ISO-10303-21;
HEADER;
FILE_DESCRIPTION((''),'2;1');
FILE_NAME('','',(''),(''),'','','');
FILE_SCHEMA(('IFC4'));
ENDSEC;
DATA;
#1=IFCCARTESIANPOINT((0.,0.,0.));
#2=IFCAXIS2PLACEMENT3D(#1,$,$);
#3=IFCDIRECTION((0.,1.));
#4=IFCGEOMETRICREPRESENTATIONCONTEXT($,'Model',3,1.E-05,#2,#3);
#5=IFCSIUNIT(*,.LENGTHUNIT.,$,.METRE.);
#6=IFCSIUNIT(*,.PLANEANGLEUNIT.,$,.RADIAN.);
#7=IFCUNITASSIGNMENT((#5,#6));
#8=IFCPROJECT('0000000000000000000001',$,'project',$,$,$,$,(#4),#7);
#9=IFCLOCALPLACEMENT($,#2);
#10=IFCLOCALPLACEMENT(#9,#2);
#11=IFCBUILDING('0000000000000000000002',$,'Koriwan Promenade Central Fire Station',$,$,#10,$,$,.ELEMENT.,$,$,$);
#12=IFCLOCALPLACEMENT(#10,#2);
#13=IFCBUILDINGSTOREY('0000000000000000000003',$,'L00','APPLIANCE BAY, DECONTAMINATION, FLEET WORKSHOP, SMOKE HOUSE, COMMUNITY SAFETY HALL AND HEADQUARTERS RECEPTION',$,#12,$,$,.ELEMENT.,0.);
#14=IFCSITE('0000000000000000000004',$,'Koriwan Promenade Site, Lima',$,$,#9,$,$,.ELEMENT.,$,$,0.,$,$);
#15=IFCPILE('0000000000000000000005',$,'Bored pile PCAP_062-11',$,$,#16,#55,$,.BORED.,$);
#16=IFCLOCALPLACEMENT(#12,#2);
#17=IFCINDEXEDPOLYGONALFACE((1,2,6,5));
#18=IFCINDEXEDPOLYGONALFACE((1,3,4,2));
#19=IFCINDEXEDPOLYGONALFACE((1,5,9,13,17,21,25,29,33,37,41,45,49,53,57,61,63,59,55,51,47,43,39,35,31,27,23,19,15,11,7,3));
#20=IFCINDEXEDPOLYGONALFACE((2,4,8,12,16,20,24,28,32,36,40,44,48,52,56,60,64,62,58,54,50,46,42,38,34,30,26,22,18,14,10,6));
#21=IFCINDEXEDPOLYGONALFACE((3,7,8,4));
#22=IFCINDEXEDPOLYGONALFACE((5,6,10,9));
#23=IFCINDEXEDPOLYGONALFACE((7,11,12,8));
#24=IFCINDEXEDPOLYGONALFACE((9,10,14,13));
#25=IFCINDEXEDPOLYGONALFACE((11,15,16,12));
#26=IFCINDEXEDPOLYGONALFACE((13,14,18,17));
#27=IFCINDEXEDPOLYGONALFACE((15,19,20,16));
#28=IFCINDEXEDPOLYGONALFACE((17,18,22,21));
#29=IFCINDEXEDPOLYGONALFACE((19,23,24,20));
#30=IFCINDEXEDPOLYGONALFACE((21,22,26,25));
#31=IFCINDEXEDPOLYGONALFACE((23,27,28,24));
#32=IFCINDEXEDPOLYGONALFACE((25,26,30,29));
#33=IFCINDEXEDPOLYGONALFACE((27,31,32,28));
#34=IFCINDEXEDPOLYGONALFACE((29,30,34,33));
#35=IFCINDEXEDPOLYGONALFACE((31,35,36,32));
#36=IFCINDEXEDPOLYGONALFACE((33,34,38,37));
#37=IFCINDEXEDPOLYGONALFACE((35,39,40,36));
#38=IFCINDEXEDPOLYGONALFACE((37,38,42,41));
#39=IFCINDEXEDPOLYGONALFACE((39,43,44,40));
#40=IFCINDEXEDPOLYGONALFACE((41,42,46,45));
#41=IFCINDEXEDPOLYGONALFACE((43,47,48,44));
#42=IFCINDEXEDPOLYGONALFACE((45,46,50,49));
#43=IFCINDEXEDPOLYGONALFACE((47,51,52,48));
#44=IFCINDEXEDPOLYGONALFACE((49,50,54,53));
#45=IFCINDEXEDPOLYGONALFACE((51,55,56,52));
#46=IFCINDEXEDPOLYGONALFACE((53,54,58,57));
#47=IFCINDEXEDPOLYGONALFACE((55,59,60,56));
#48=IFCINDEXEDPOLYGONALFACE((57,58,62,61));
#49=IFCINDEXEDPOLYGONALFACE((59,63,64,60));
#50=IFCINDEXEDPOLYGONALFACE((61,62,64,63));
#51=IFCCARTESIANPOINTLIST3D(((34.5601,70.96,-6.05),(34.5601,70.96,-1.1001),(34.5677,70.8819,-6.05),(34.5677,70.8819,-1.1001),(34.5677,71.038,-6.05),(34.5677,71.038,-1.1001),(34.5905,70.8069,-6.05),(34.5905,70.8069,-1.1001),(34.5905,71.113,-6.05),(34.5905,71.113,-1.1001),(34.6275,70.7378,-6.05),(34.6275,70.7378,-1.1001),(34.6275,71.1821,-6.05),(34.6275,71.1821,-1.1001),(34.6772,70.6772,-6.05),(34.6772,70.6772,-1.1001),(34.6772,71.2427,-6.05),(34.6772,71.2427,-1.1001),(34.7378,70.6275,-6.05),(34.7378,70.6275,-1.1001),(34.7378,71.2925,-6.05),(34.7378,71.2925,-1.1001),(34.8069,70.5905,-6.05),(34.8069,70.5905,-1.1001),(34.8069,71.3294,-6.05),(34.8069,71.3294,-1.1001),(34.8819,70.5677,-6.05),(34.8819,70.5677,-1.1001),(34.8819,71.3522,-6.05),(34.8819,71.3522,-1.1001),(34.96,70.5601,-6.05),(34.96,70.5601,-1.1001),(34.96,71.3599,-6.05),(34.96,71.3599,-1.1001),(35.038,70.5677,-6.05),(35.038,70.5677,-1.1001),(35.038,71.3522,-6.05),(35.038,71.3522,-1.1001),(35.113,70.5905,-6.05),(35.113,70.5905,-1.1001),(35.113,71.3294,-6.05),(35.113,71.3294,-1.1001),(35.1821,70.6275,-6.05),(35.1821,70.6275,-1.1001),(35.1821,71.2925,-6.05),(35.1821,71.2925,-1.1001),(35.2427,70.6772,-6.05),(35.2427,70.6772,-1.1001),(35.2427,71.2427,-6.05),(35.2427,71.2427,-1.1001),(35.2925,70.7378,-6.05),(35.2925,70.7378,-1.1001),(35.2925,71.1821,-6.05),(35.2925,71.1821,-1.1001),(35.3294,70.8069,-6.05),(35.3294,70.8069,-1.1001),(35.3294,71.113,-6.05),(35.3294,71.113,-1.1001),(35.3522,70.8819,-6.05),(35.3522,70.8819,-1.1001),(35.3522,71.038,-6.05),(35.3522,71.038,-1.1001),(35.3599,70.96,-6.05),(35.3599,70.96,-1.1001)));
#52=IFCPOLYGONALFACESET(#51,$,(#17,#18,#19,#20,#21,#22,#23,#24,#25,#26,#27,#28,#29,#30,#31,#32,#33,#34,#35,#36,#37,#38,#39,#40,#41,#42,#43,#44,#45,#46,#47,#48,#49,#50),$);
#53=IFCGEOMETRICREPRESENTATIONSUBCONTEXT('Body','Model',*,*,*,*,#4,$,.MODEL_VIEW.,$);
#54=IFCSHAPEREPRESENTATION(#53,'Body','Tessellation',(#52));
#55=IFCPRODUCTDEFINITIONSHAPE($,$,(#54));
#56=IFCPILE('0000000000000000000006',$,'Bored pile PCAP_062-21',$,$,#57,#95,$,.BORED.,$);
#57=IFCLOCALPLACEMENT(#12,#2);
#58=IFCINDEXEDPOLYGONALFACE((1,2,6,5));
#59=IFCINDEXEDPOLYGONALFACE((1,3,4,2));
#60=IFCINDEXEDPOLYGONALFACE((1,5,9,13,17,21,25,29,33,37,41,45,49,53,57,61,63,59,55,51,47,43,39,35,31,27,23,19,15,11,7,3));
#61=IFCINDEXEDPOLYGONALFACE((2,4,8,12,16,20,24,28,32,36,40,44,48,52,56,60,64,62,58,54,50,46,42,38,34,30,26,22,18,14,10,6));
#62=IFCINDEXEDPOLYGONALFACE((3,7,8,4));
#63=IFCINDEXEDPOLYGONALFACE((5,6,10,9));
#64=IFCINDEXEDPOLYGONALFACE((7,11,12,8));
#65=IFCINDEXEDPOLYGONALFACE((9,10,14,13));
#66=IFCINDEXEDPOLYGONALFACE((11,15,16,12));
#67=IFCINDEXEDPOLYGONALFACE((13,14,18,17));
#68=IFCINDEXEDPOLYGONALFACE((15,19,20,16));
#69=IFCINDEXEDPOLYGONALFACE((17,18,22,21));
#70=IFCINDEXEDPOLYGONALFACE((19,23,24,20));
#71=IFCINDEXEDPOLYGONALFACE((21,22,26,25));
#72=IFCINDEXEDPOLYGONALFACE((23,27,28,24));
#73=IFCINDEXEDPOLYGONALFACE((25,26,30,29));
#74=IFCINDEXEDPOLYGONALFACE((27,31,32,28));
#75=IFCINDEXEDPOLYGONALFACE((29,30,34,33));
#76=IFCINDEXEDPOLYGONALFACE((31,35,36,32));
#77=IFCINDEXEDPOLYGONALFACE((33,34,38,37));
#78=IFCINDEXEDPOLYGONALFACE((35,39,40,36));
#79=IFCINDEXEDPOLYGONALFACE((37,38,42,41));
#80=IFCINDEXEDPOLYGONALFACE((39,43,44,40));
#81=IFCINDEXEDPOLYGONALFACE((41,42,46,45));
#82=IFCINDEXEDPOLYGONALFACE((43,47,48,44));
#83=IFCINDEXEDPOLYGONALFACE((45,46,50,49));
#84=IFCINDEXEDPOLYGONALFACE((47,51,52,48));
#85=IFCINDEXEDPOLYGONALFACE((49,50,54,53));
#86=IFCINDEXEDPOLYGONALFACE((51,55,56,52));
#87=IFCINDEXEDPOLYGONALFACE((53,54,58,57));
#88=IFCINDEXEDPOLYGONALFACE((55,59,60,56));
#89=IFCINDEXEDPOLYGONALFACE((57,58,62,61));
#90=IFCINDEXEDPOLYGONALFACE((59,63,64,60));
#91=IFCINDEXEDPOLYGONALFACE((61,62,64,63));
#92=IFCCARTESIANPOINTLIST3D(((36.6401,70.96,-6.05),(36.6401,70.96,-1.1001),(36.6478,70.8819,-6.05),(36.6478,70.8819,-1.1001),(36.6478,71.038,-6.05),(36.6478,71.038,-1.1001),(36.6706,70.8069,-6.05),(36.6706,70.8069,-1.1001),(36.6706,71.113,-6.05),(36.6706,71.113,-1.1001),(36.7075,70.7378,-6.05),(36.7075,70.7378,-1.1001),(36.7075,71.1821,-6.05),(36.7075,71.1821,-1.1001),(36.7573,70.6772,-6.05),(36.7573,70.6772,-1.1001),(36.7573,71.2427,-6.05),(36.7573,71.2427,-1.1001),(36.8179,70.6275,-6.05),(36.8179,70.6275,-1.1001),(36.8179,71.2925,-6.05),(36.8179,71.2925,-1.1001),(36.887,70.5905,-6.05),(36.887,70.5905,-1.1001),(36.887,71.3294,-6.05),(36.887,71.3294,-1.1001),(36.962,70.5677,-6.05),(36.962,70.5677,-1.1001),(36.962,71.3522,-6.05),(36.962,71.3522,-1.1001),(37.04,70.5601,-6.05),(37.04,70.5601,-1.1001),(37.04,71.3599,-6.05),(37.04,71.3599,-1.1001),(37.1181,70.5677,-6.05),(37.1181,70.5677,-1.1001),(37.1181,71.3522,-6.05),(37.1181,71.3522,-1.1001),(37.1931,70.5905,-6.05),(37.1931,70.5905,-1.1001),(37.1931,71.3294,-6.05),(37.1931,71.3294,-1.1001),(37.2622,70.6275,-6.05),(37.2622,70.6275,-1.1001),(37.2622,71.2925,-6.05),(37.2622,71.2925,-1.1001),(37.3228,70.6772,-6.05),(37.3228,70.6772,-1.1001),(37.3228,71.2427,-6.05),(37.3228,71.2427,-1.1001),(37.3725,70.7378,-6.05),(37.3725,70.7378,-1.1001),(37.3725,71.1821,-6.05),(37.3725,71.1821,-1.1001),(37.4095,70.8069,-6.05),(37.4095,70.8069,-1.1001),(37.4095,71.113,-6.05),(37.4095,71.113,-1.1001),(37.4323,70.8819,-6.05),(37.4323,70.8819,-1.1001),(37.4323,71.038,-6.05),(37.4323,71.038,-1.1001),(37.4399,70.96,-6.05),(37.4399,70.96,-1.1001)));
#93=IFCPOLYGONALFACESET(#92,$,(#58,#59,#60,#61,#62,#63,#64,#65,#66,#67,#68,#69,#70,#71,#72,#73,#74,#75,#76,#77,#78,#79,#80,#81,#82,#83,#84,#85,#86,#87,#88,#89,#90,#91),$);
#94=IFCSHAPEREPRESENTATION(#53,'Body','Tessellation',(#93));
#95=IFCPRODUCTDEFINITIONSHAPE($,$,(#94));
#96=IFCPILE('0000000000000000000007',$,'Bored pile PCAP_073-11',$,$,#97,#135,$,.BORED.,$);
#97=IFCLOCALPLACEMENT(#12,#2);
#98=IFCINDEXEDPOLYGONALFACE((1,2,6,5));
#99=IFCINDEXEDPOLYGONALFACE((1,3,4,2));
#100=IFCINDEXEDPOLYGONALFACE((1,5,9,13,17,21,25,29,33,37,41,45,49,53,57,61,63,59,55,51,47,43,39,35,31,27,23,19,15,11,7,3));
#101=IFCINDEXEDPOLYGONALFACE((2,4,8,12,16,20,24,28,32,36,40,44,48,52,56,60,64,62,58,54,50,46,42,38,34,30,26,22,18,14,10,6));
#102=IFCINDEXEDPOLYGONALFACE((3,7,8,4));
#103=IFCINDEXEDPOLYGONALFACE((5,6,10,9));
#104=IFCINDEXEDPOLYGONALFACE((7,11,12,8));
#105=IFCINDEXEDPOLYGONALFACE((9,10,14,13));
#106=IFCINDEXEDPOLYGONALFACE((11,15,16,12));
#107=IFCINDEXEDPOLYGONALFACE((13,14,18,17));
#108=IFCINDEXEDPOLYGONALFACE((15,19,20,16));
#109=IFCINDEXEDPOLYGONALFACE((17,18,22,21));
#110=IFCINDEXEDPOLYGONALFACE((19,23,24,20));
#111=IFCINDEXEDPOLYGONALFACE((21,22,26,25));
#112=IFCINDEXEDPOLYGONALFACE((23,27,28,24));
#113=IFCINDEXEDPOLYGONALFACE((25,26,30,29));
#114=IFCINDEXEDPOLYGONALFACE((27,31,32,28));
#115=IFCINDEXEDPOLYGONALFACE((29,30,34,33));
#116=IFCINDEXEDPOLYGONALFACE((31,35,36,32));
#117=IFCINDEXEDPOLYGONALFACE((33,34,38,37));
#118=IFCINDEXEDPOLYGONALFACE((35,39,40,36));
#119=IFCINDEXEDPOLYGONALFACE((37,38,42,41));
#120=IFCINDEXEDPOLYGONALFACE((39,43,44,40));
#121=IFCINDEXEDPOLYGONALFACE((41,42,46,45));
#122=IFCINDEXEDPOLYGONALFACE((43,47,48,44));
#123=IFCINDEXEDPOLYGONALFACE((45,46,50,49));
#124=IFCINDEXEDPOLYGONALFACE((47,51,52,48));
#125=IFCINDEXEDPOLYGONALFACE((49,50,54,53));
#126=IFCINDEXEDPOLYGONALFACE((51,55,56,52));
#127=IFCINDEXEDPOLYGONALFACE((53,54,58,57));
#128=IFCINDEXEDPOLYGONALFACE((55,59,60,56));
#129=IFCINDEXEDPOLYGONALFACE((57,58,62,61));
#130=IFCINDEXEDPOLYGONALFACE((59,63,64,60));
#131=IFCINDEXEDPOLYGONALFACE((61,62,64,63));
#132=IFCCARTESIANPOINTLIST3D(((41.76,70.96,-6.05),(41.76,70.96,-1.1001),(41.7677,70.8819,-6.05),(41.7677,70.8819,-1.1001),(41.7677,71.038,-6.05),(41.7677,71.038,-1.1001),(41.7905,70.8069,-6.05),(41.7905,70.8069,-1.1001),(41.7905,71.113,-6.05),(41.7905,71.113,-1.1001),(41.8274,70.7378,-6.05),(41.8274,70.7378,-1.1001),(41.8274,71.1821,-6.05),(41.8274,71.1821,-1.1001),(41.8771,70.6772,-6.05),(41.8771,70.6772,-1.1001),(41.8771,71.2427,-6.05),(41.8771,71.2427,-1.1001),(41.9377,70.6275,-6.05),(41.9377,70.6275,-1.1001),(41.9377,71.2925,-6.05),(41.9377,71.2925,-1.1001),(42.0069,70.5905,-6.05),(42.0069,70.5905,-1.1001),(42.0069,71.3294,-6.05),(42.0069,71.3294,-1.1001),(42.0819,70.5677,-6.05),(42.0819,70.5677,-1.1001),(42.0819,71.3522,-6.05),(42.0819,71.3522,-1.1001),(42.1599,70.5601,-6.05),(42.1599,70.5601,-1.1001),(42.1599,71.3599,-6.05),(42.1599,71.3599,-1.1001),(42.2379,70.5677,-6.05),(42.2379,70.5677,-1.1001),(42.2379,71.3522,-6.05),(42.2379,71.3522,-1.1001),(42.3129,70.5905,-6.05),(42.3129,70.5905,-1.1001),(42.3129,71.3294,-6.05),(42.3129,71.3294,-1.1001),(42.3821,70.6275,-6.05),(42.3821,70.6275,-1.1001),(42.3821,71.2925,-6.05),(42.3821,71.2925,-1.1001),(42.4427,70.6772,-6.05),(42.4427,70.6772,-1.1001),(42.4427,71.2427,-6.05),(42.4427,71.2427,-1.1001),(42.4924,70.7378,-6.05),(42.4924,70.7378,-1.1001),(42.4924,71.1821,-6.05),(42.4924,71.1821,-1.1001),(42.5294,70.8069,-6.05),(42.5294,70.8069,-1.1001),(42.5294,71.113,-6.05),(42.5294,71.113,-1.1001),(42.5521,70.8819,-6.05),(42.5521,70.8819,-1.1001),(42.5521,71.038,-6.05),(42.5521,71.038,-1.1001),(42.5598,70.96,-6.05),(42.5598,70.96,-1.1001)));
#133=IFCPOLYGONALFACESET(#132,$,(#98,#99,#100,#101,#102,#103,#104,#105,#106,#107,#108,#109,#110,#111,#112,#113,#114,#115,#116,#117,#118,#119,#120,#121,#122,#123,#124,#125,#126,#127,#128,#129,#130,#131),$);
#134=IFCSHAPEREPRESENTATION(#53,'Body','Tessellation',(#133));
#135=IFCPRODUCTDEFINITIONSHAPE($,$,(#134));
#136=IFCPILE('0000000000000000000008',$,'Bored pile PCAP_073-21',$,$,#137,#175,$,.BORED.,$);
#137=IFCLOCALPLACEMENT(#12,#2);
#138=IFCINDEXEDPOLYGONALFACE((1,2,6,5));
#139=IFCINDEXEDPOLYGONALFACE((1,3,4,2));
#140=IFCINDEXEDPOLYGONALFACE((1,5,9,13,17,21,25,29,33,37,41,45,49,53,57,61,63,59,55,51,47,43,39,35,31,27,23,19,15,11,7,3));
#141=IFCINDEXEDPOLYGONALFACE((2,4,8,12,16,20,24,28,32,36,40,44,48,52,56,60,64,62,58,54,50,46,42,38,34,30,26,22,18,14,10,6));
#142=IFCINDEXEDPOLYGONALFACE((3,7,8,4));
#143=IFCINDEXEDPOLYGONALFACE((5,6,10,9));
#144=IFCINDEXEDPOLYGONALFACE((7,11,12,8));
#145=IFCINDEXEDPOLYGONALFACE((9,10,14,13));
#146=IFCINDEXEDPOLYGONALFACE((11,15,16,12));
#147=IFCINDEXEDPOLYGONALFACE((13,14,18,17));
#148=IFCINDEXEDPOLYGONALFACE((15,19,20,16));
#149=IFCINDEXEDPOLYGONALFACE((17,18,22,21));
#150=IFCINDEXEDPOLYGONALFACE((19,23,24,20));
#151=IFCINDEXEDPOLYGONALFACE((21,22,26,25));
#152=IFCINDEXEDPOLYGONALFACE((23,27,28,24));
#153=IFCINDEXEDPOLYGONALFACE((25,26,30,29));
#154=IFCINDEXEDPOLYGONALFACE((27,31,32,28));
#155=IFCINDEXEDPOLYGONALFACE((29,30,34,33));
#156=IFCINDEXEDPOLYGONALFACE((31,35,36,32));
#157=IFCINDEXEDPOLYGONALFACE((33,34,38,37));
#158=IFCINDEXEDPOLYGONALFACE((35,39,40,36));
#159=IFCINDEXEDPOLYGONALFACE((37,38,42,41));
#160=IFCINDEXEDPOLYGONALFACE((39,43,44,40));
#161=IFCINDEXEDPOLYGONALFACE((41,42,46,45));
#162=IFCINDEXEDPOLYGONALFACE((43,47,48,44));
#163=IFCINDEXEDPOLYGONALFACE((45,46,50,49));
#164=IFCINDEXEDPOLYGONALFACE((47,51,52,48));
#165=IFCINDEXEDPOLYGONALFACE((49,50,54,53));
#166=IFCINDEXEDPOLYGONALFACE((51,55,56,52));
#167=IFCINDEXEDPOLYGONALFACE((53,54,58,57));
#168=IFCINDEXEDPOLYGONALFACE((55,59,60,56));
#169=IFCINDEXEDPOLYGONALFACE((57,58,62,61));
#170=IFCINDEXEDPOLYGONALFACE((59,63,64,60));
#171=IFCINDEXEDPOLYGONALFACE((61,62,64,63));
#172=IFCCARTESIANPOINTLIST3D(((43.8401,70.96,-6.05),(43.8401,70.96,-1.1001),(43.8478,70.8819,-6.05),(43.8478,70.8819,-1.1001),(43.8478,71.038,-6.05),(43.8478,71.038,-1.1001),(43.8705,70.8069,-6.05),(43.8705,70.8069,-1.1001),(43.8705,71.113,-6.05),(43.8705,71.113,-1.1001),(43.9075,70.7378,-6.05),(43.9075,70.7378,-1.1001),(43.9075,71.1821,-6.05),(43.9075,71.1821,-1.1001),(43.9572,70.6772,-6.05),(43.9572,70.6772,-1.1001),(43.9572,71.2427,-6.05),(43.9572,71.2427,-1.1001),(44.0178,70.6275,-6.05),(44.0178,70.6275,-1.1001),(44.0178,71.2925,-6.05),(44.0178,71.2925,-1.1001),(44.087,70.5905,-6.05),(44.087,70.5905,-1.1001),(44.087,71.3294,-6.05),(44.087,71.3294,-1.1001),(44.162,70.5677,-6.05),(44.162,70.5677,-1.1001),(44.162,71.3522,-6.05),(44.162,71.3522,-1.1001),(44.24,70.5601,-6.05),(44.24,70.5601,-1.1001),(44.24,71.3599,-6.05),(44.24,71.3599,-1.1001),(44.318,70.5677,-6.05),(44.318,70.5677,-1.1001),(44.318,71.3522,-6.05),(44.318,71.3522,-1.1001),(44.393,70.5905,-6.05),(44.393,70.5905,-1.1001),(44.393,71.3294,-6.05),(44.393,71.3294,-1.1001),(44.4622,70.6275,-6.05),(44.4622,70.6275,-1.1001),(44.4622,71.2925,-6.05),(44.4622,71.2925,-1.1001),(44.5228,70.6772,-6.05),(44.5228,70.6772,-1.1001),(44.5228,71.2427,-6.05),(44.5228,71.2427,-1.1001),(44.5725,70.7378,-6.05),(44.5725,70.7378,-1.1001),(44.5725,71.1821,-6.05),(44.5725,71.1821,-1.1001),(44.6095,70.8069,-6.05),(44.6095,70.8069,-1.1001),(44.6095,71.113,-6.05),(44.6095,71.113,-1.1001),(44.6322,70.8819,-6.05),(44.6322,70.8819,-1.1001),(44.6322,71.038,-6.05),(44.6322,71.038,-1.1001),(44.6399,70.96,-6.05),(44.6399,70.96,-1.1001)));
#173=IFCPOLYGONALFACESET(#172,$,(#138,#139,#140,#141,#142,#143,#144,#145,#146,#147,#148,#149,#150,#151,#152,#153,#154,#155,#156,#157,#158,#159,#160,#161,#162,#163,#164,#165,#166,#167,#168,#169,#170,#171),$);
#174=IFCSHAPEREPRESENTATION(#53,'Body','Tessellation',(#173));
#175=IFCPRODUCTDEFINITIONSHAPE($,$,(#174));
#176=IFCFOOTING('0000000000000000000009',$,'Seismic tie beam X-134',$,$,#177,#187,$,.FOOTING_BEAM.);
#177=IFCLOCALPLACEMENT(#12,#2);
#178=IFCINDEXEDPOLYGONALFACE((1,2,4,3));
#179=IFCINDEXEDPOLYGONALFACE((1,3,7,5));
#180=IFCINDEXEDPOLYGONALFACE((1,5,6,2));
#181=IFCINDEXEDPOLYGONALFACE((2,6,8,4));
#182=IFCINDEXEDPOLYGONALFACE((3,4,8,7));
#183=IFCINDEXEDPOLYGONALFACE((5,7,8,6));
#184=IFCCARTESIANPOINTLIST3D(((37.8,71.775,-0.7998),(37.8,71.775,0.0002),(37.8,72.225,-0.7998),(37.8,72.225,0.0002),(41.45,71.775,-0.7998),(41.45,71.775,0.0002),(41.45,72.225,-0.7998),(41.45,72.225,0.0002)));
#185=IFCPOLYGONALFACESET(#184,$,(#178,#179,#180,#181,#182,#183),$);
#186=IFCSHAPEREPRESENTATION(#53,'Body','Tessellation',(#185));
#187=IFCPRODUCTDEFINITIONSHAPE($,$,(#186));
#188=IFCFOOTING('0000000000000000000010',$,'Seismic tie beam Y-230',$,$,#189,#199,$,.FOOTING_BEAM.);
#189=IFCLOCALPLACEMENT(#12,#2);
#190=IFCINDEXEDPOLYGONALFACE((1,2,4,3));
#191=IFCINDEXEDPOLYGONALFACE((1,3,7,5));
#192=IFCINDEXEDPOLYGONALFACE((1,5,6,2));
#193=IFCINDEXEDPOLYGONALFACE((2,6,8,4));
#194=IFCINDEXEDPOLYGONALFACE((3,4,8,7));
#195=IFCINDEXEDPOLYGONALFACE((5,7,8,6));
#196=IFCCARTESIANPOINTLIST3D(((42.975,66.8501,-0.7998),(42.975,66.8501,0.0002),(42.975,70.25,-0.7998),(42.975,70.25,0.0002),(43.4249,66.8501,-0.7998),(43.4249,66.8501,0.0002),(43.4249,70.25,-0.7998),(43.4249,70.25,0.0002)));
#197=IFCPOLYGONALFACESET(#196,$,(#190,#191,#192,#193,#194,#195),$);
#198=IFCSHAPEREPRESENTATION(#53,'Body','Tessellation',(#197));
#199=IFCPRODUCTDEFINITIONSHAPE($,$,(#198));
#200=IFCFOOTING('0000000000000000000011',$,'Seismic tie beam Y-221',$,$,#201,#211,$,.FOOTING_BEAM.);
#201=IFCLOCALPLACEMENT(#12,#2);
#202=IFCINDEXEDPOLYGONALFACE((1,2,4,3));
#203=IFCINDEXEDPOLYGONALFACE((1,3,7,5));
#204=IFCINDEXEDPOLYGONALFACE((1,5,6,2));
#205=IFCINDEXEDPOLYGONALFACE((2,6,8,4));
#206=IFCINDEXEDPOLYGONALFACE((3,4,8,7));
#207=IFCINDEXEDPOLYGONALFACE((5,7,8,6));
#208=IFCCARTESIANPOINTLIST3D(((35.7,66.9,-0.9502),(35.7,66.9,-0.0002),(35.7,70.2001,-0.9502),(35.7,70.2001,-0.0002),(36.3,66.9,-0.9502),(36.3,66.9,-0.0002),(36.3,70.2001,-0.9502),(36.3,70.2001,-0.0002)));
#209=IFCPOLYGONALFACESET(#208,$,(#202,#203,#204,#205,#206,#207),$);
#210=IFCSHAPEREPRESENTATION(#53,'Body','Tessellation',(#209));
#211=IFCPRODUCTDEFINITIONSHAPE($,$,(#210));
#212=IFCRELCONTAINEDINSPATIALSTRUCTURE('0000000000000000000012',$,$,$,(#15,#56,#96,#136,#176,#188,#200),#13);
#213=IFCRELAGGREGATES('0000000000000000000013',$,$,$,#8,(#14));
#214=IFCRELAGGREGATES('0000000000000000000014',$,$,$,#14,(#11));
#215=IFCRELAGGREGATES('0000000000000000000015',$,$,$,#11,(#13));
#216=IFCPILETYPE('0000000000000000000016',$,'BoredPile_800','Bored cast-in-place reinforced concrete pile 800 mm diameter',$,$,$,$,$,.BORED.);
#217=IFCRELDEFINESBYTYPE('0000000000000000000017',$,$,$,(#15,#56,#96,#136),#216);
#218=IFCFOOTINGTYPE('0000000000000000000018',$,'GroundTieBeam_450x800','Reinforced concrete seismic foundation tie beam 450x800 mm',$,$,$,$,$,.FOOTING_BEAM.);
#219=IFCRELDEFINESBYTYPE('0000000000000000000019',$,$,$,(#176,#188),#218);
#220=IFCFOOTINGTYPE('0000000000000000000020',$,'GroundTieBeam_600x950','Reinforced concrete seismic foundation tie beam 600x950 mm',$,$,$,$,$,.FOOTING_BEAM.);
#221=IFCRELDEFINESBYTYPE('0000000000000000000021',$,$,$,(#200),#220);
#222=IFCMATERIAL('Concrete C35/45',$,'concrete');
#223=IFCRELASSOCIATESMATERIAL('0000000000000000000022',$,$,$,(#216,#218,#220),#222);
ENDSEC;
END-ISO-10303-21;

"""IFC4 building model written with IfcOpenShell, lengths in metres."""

from ifc_helpers import new_model, si_unit, direction, frame, origin, origin_2d, place, context, subcontext, project, spatial, rectangle, circle, extrude, material, material_profile, profile_set, type_object, element, save


model = new_model("IFC4")

# Units and contexts
model_context = context("Model", 3, precision=1e-05, world=origin(), true_north=direction((0.0, 1.0)))
body_context = subcontext(model_context, "Body", "Model", "MODEL_VIEW")
ifc_project = project(units=[si_unit("LENGTHUNIT", "METRE"), si_unit("PLANEANGLEUNIT", "RADIAN")], contexts=[model_context])

# Site, building, storey
site_placement = place(None, origin())
site = spatial("IfcSite", under=ifc_project, at=site_placement, Name="Koriwan Promenade Site, Lima", CompositionType="ELEMENT", RefElevation=0.0)
building_placement = place(site_placement, origin())
building = spatial("IfcBuilding", under=site, at=building_placement, Name="Koriwan Promenade Central Fire Station", CompositionType="ELEMENT")
storey_placement = place(building_placement, origin())
storey = spatial("IfcBuildingStorey", under=building, at=storey_placement, Name="L00", Description="APPLIANCE BAY, DECONTAMINATION, FLEET WORKSHOP, SMOKE HOUSE, COMMUNITY SAFETY HALL AND HEADQUARTERS RECEPTION", CompositionType="ELEMENT", Elevation=0.0)

# Piles
ifc_material_1 = material(Name="Concrete C35/45", Category="concrete")
ifc_material_profile_1 = material_profile(ifc_material_1, circle(Radius=0.3999, at=origin_2d()), Name="PILE-D800")
ifc_profile_set_1 = profile_set([ifc_material_profile_1], Name="Concrete C35/45")
pile_type = type_object("IfcPileType", Name="BoredPile_800", Description="Bored cast-in-place reinforced concrete pile 800 mm diameter", PredefinedType="BORED", material=ifc_profile_set_1)
for number, where, z_axis, x_axis, name in (
    (1, (34.96, 70.96, -1.1001), (0.0, 0.0, -1.0), (1.0, 0.0, 0.0), "Bored pile PCAP_062-11"),
    (2, (37.04, 70.96, -1.1001), (0.0, 0.0, -1.0), (1.0, 0.0, 0.0), "Bored pile PCAP_062-21"),
    (3, (42.1599, 70.96, -1.1001), (0.0, 0.0, -1.0), (1.0, 0.0, 0.0), "Bored pile PCAP_073-11"),
    (4, (44.24, 70.96, -1.1001), (0.0, 0.0, -1.0), (1.0, 0.0, 0.0), "Bored pile PCAP_073-21"),
):
    element("IfcPile", number, at=place(storey_placement, frame(where, z_axis=z_axis, x_axis=x_axis)), inside=storey, type_object=pile_type, Name=name, PredefinedType="BORED", context=body_context, shape_type="SweptSolid", body=[
        extrude(circle(Radius=0.3999, at=origin_2d()), origin(), (0.0, 0.0, 1.0), 4.95),
    ])

# Footings
footing_type_1 = type_object("IfcFootingType", Name="GroundTieBeam_450x800", Description="Reinforced concrete seismic foundation tie beam 450x800 mm", PredefinedType="FOOTING_BEAM", material=ifc_material_1)
footing_1_placement = place(storey_placement, frame((39.625, 72.0, -0.7998), z_axis=(0.0, 0.0, 1.0), x_axis=(1.0, 0.0, 0.0)))
element("IfcFooting", 5, at=footing_1_placement, inside=storey, type_object=footing_type_1, Name="Seismic tie beam X-134", PredefinedType="FOOTING_BEAM", context=body_context, shape_type="SweptSolid", body=[
    extrude(rectangle(XDim=3.6499, YDim=0.45, at=origin_2d()), origin(), (0.0, 0.0, 1.0), 0.8),
])
footing_2_placement = place(storey_placement, frame((43.2, 68.55, -0.7998), z_axis=(0.0, 0.0, 1.0), x_axis=(0.0, 1.0, 0.0)))
element("IfcFooting", 6, at=footing_2_placement, inside=storey, type_object=footing_type_1, Name="Seismic tie beam Y-230", PredefinedType="FOOTING_BEAM", context=body_context, shape_type="SweptSolid", body=[
    extrude(rectangle(XDim=3.3999, YDim=0.45, at=origin_2d()), origin(), (0.0, 0.0, 1.0), 0.8),
])
footing_type_2 = type_object("IfcFootingType", Name="GroundTieBeam_600x950", Description="Reinforced concrete seismic foundation tie beam 600x950 mm", PredefinedType="FOOTING_BEAM", material=ifc_material_1)
footing_3_placement = place(storey_placement, frame((36.0, 68.55, -0.9502), z_axis=(0.0, 0.0, 1.0), x_axis=(0.0, 1.0, 0.0)))
element("IfcFooting", 7, at=footing_3_placement, inside=storey, type_object=footing_type_2, Name="Seismic tie beam Y-221", PredefinedType="FOOTING_BEAM", context=body_context, shape_type="SweptSolid", body=[
    extrude(rectangle(XDim=3.3, YDim=0.6001, at=origin_2d()), origin(), (0.0, 0.0, 1.0), 0.95),
])

save(model, "model.ifc")
